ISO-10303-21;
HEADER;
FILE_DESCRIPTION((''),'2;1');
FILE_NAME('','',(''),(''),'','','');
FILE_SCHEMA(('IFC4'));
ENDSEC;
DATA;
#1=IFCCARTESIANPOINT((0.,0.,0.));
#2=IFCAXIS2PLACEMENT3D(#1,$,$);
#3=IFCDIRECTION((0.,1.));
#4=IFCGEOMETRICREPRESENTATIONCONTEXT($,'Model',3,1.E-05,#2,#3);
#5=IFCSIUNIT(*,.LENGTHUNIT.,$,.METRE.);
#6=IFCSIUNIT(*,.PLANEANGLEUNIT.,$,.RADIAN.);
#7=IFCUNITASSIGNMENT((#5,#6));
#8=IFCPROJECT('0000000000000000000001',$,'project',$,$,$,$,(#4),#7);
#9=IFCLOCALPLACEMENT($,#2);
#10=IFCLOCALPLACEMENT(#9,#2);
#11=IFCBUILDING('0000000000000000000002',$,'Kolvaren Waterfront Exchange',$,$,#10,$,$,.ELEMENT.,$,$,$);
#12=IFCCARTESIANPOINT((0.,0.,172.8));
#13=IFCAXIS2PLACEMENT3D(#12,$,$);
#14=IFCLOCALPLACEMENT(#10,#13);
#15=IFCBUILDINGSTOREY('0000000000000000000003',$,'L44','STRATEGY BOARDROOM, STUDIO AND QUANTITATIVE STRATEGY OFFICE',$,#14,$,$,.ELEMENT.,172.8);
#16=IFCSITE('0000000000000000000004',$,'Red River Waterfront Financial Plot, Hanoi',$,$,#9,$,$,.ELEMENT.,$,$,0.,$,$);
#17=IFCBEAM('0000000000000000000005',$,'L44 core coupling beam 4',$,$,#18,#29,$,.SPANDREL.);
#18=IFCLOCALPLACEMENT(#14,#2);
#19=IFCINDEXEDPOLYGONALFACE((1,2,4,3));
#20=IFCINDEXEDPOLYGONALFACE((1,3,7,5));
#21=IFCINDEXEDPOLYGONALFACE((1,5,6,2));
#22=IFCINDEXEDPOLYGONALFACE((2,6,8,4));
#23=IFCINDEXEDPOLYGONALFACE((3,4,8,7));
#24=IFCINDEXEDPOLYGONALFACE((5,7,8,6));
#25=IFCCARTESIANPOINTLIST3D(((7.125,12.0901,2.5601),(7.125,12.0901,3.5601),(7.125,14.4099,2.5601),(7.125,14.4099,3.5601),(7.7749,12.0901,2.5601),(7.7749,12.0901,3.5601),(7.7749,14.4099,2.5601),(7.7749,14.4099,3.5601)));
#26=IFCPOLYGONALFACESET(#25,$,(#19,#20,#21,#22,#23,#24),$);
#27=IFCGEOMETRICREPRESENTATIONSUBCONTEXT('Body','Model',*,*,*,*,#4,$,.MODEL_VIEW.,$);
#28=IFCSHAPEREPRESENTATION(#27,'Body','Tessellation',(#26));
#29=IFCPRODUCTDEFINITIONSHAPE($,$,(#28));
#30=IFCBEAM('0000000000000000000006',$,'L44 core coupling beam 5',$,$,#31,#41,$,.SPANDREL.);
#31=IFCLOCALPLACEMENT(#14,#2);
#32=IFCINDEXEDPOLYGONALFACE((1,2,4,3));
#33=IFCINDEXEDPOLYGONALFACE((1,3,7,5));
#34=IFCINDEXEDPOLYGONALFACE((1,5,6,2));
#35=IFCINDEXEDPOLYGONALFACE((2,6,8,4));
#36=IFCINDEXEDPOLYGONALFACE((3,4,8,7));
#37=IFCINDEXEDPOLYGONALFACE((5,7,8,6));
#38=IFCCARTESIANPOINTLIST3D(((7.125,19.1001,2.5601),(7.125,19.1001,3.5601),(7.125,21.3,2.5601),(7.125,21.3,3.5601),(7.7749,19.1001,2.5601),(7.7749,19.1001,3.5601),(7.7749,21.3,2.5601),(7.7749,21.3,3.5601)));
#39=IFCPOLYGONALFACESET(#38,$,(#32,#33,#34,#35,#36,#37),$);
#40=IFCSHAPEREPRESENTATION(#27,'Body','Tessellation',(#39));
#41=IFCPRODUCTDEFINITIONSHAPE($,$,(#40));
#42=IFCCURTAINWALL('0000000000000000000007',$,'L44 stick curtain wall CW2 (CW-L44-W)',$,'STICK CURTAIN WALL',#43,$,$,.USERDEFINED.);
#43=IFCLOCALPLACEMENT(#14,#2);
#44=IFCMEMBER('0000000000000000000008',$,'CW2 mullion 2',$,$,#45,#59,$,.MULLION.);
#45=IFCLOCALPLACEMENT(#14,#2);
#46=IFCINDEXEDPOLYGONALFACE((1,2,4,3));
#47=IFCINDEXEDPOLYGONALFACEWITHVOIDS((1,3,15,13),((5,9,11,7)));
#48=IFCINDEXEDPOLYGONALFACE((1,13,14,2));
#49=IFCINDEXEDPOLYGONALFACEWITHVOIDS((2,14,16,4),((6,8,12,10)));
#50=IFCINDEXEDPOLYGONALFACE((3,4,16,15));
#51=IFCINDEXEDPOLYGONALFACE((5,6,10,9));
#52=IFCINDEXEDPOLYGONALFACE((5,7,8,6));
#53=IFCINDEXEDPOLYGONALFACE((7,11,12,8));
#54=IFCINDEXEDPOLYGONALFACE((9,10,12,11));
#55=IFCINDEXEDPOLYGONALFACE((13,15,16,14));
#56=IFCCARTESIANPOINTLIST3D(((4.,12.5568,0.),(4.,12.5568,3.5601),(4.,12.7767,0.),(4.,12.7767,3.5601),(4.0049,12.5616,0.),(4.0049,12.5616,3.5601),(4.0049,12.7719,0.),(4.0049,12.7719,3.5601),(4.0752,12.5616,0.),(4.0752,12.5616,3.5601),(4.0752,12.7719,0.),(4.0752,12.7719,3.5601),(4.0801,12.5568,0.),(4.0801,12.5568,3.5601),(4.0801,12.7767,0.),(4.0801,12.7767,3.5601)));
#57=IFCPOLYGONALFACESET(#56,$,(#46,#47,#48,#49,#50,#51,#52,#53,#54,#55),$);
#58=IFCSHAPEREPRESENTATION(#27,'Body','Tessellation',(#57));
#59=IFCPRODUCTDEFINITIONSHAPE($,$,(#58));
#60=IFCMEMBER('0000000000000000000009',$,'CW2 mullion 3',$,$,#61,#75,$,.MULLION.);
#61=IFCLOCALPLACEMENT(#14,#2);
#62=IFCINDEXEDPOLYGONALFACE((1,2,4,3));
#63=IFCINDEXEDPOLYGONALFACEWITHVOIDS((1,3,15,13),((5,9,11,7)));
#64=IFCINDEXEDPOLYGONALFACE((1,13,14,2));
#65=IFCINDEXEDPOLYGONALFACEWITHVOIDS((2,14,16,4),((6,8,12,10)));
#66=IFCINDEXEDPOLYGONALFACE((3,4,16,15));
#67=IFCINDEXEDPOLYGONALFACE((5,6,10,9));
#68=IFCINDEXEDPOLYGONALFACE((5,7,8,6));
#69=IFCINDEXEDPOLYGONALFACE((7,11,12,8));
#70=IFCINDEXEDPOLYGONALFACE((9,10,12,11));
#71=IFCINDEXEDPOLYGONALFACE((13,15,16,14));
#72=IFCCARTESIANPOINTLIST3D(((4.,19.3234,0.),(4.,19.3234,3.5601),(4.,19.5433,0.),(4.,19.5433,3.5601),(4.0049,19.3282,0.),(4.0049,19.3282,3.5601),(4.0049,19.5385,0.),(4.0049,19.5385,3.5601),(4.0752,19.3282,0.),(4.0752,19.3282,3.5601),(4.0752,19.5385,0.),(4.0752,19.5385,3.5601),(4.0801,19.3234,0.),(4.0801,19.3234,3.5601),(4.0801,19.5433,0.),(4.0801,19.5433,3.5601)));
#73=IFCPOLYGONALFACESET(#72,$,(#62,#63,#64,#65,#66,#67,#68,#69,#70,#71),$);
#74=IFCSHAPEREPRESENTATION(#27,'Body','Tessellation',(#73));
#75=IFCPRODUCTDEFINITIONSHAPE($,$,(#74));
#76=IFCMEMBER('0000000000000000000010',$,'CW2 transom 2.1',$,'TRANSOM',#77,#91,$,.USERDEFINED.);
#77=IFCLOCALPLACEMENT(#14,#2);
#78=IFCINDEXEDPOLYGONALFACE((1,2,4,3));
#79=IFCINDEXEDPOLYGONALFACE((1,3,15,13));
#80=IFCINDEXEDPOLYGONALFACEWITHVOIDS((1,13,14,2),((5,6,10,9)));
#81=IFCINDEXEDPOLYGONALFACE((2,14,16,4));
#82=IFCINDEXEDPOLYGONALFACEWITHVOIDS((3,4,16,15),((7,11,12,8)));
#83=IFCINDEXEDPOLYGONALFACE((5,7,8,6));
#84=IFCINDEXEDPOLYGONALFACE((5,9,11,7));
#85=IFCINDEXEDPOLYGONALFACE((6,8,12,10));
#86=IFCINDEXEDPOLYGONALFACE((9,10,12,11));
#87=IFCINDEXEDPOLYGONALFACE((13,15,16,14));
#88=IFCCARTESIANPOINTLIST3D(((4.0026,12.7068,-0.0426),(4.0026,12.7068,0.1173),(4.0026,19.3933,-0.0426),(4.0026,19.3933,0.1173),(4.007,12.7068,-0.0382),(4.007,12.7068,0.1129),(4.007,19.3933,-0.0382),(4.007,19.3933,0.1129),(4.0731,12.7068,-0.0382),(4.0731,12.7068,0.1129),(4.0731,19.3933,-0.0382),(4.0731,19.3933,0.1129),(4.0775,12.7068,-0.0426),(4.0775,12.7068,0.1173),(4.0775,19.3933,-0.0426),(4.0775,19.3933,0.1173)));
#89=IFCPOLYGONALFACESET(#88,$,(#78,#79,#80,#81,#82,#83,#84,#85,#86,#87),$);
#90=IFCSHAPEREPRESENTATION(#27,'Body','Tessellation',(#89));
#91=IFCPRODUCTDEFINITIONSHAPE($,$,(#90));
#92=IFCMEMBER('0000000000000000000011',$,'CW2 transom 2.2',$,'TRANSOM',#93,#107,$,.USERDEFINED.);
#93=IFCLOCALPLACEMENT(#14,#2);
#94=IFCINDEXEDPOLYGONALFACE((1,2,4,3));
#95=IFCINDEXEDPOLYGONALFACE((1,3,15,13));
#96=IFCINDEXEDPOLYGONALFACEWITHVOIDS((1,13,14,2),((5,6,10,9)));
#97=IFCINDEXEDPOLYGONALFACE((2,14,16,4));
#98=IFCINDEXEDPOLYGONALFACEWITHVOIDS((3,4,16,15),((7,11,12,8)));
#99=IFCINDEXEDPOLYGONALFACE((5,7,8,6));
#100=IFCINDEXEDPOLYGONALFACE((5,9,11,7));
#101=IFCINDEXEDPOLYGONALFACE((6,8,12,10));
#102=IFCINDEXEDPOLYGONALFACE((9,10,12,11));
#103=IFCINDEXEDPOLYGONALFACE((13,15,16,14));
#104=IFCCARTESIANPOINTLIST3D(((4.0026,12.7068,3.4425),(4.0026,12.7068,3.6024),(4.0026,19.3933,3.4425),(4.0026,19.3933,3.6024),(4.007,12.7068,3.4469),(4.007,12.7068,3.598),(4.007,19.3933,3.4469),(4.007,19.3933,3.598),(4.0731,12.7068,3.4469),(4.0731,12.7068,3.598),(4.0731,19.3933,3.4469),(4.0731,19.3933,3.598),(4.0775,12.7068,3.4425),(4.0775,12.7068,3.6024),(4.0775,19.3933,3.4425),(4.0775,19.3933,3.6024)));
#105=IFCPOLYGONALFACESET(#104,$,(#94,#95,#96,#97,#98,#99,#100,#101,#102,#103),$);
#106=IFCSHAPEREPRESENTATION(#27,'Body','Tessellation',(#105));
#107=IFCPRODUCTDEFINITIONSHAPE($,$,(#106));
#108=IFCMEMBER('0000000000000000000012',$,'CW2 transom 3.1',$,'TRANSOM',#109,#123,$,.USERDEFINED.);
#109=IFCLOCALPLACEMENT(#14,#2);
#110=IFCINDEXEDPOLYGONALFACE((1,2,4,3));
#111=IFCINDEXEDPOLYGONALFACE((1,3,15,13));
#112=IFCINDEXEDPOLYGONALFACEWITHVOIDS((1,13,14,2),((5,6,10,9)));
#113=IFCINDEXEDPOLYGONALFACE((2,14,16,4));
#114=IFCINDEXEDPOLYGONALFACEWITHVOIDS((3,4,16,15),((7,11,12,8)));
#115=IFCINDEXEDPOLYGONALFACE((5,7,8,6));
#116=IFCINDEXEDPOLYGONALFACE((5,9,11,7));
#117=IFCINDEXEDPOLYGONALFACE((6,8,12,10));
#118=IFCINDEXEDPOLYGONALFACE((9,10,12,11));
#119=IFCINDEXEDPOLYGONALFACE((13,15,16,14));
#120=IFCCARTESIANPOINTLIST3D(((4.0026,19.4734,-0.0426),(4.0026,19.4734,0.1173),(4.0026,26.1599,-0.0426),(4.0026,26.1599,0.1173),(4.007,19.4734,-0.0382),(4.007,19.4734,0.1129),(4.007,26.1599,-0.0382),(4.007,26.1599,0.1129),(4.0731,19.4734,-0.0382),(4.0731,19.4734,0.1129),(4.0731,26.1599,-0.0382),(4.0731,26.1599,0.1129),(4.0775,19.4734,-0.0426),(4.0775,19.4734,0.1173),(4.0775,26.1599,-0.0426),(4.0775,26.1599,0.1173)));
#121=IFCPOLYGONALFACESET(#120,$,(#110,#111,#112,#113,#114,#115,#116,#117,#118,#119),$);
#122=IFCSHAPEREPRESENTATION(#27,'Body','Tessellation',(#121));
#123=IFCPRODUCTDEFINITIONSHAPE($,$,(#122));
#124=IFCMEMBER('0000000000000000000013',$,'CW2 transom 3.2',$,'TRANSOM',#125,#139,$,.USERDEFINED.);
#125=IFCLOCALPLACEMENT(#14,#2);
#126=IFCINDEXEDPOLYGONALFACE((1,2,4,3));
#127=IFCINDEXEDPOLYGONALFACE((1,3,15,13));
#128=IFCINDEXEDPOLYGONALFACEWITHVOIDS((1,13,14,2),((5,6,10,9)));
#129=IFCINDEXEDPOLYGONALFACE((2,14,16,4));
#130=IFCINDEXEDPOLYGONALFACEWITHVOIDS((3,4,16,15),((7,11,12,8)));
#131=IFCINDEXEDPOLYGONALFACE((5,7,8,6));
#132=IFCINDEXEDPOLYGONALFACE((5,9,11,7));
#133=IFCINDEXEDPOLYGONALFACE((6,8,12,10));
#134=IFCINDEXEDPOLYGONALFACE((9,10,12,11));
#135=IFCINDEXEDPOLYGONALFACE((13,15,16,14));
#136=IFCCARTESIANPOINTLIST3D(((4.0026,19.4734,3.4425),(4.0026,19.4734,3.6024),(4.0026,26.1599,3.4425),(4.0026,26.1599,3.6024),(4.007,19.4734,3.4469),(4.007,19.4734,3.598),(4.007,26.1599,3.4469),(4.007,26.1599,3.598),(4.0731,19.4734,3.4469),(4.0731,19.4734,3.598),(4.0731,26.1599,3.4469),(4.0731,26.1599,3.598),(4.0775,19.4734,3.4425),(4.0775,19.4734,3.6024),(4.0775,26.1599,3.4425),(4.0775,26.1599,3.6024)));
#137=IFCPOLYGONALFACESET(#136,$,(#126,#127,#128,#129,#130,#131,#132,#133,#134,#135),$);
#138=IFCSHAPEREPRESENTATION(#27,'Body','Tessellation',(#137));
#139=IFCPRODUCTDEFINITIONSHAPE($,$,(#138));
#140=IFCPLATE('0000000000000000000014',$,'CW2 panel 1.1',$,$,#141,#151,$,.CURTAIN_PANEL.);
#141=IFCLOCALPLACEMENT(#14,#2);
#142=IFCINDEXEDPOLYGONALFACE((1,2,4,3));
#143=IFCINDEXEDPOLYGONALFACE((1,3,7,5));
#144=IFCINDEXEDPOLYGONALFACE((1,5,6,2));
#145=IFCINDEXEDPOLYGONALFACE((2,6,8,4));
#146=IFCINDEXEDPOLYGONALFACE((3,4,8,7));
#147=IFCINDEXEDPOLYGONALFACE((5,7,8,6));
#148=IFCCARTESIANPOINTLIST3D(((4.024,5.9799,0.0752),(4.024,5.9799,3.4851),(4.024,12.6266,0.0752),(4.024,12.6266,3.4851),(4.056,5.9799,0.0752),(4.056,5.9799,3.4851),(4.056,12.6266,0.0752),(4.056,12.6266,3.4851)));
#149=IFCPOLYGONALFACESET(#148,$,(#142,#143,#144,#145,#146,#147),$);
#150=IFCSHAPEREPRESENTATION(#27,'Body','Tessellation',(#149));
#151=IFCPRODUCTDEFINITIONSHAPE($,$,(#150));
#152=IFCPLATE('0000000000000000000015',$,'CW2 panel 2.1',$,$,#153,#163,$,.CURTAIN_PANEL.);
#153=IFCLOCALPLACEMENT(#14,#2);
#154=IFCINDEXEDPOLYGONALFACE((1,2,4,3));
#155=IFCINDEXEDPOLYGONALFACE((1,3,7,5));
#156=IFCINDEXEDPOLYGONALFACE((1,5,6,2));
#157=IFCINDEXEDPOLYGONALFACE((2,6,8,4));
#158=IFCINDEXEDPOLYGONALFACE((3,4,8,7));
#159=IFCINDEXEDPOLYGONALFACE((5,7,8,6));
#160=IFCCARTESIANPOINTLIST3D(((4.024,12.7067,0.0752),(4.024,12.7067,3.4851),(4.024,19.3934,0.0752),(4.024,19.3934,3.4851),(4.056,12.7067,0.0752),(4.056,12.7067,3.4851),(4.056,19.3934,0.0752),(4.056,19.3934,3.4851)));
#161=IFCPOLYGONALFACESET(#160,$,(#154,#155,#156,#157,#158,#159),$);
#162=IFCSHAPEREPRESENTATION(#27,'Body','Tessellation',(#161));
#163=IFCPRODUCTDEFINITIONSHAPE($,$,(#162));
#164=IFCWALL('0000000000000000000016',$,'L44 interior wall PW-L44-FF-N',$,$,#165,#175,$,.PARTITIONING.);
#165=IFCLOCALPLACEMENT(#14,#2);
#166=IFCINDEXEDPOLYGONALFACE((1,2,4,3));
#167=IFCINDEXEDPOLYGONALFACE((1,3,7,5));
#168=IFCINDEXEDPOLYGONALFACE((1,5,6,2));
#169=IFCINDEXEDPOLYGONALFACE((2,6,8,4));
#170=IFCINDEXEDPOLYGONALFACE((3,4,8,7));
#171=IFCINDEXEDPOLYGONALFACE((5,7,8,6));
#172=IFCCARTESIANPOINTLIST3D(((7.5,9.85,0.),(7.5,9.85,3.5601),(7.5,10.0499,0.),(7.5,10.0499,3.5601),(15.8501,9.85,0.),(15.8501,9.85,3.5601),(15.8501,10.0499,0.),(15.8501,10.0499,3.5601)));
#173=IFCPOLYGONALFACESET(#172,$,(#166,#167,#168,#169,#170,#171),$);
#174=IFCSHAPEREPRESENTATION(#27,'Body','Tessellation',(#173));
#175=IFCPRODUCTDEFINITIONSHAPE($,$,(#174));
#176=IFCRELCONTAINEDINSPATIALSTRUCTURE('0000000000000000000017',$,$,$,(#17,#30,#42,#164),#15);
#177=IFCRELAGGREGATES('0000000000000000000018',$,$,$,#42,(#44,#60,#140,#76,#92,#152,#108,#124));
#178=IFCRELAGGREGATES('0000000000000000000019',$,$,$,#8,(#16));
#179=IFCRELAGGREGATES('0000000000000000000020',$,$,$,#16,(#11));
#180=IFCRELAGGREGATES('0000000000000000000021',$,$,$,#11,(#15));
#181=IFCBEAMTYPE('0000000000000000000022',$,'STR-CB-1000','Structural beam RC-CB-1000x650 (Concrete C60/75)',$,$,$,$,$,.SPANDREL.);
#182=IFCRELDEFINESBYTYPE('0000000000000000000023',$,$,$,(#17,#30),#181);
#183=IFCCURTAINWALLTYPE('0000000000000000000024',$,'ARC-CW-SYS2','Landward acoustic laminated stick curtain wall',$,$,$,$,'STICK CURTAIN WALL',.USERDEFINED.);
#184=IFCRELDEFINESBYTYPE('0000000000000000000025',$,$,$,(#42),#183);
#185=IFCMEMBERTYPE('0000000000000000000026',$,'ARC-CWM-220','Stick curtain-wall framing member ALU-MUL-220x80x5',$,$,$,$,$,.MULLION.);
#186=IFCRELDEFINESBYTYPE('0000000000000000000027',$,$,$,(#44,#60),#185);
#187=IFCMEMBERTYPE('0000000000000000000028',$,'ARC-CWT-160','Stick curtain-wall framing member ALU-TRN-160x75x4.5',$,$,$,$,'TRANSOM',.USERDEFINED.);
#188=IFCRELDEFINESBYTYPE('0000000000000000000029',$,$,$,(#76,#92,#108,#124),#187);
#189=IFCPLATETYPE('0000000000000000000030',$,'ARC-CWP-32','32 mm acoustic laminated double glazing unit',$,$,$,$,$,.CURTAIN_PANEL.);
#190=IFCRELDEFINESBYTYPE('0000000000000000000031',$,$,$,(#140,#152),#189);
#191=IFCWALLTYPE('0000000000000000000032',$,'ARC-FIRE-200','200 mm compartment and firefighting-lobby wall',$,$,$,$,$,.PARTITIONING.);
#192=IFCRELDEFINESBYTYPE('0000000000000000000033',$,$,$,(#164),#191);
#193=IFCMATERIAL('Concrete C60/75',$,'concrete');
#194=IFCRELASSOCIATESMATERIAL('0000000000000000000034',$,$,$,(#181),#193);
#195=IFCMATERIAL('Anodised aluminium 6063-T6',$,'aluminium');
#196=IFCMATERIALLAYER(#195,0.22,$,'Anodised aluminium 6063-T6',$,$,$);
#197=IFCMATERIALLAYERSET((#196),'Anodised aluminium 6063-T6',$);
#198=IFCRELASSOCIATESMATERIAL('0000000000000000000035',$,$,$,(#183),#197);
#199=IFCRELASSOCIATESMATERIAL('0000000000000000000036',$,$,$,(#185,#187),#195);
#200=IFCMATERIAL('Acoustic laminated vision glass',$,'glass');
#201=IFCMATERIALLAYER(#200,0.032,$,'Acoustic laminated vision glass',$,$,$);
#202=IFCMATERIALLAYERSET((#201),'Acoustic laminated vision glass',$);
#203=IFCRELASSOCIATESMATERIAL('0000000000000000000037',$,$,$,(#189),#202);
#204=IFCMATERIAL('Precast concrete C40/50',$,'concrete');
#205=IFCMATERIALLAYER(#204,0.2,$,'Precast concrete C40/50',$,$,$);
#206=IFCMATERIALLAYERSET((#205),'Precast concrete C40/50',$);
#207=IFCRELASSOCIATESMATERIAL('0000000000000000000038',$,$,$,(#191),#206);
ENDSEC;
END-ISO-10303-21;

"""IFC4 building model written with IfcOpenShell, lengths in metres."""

from ifc_helpers import new_model, si_unit, direction, frame, frame_2d, origin, origin_with_axes, origin_2d, place, context, subcontext, project, spatial, rectangle, hollow_rectangle, extrude, source, transform, mapped, material, layer, layer_set, material_profile, profile_set, type_object, element, aggregate, save


model = new_model("IFC4")

# Units and contexts
model_context = context("Model", 3, precision=1e-05, world=origin(), true_north=direction((0.0, 1.0)))
body_context = subcontext(model_context, "Body", "Model", "MODEL_VIEW")
ifc_project = project(units=[si_unit("LENGTHUNIT", "METRE"), si_unit("PLANEANGLEUNIT", "RADIAN")], contexts=[model_context])

# Site, building, storey
site_placement = place(None, origin())
site = spatial("IfcSite", under=ifc_project, at=site_placement, Name="Red River Waterfront Financial Plot, Hanoi", CompositionType="ELEMENT", RefElevation=0.0)
building_placement = place(site_placement, origin())
building = spatial("IfcBuilding", under=site, at=building_placement, Name="Kolvaren Waterfront Exchange", CompositionType="ELEMENT")
storey_placement = place(building_placement, frame((0.0, 0.0, 172.8)))
storey = spatial("IfcBuildingStorey", under=building, at=storey_placement, Name="L44", Description="STRATEGY BOARDROOM, STUDIO AND QUANTITATIVE STRATEGY OFFICE", CompositionType="ELEMENT", Elevation=172.8)

# Beams
ifc_material_1 = material(Name="Concrete C60/75", Category="concrete")
ifc_material_profile_1 = material_profile(ifc_material_1, rectangle(XDim=0.6499, YDim=1.0, at=origin_2d()), Name="RC-CB-1000x650")
ifc_profile_set_1 = profile_set([ifc_material_profile_1], Name="Concrete C60/75")
beam_type = type_object("IfcBeamType", Name="STR-CB-1000", Description="Structural beam RC-CB-1000x650 (Concrete C60/75)", PredefinedType="SPANDREL", material=ifc_profile_set_1)
beam_1_placement = place(storey_placement, frame((7.45, 12.0901, 3.0601), z_axis=(0.0, 1.0, 0.0), x_axis=(-1.0, 0.0, 0.0)))
element("IfcBeam", 1, at=beam_1_placement, inside=storey, type_object=beam_type, Name="L44 core coupling beam 4", PredefinedType="SPANDREL", context=body_context, shape_type="SweptSolid", body=[
    extrude(rectangle(XDim=0.6499, YDim=1.0, at=origin_2d()), origin(), (0.0, 0.0, 1.0), 2.3198),
])
beam_2_placement = place(storey_placement, frame((7.45, 19.1001, 3.0601), z_axis=(0.0, 1.0, 0.0), x_axis=(-1.0, 0.0, 0.0)))
element("IfcBeam", 2, at=beam_2_placement, inside=storey, type_object=beam_type, Name="L44 core coupling beam 5", PredefinedType="SPANDREL", context=body_context, shape_type="SweptSolid", body=[
    extrude(rectangle(XDim=0.6499, YDim=1.0, at=origin_2d()), origin(), (0.0, 0.0, 1.0), 2.2),
])

# Curtain wall, members, plates
ifc_material_2 = material(Name="Anodised aluminium 6063-T6", Category="aluminium")
ifc_layer_1 = layer(ifc_material_2, 0.22, Name="Anodised aluminium 6063-T6")
ifc_layer_set_1 = layer_set([ifc_layer_1], Name="Anodised aluminium 6063-T6")
curtain_wall_type = type_object("IfcCurtainWallType", Name="ARC-CW-SYS2", Description="Landward acoustic laminated stick curtain wall", ElementType="STICK CURTAIN WALL", PredefinedType="USERDEFINED", material=ifc_layer_set_1)
curtain_wall_placement = place(storey_placement, origin())
curtain_wall = element("IfcCurtainWall", 3, at=curtain_wall_placement, inside=storey, type_object=curtain_wall_type, Name="L44 stick curtain wall CW2 (CW-L44-W)", ObjectType="STICK CURTAIN WALL", PredefinedType="USERDEFINED")
ifc_material_profile_2 = material_profile(ifc_material_2, hollow_rectangle(XDim=0.0801, YDim=0.22, WallThickness=0.0049, at=origin_2d()), Name="ALU-MUL-220x80x5")
ifc_profile_set_2 = profile_set([ifc_material_profile_2], Name="Anodised aluminium 6063-T6")
member_type_1 = type_object("IfcMemberType", Name="ARC-CWM-220", Description="Stick curtain-wall framing member ALU-MUL-220x80x5", PredefinedType="MULLION", material=ifc_profile_set_2)
shared_shape_1 = source(origin_with_axes(), body_context, "Body", "SweptSolid", [
    extrude(hollow_rectangle(XDim=0.0801, YDim=0.22, WallThickness=0.0049, at=origin_2d()), origin(), (0.0, 0.0, 1.0), 3.5601),
])
member_1_placement = place(storey_placement, frame((4.04, 12.6667, 0.0), z_axis=(0.0, 0.0, 1.0), x_axis=(-1.0, 0.0, 0.0)))
member_1 = element("IfcMember", 4, at=member_1_placement, type_object=member_type_1, Name="CW2 mullion 2", PredefinedType="MULLION", context=body_context, shape_type="MappedRepresentation", body=[
    mapped(shared_shape_1, transform((0.0, 0.0, 0.0), x_axis=(1.0, 0.0, 0.0), y_axis=(0.0, 1.0, 0.0), z_axis=(0.0, 0.0, 1.0), scale=1.0)),
])
member_2_placement = place(storey_placement, frame((4.04, 19.4333, 0.0), z_axis=(0.0, 0.0, 1.0), x_axis=(-1.0, 0.0, 0.0)))
member_2 = element("IfcMember", 5, at=member_2_placement, type_object=member_type_1, Name="CW2 mullion 3", PredefinedType="MULLION", context=body_context, shape_type="MappedRepresentation", body=[
    mapped(shared_shape_1, transform((0.0, 0.0, 0.0), x_axis=(1.0, 0.0, 0.0), y_axis=(0.0, 1.0, 0.0), z_axis=(0.0, 0.0, 1.0), scale=1.0)),
])
ifc_material_profile_3 = material_profile(ifc_material_2, hollow_rectangle(XDim=0.075, YDim=0.1599, WallThickness=0.0044, at=origin_2d()), Name="ALU-TRN-160x75x4.5")
ifc_profile_set_3 = profile_set([ifc_material_profile_3], Name="Anodised aluminium 6063-T6")
member_type_2 = type_object("IfcMemberType", Name="ARC-CWT-160", Description="Stick curtain-wall framing member ALU-TRN-160x75x4.5", ElementType="TRANSOM", PredefinedType="USERDEFINED", material=ifc_profile_set_3)
shared_shape_2 = source(origin_with_axes(), body_context, "Body", "SweptSolid", [
    extrude(hollow_rectangle(XDim=0.075, YDim=0.1599, WallThickness=0.0044, at=origin_2d()), origin(), (0.0, 0.0, 1.0), 6.6865),
])
member_3_placement = place(storey_placement, frame((4.04, 12.7068, 0.0374), z_axis=(0.0, 1.0, 0.0), x_axis=(-1.0, 0.0, 0.0)))
member_3 = element("IfcMember", 6, at=member_3_placement, type_object=member_type_2, Name="CW2 transom 2.1", ObjectType="TRANSOM", PredefinedType="USERDEFINED", context=body_context, shape_type="MappedRepresentation", body=[
    mapped(shared_shape_2, transform((0.0, 0.0, 0.0), x_axis=(1.0, 0.0, 0.0), y_axis=(0.0, 1.0, 0.0), z_axis=(0.0, 0.0, 1.0), scale=1.0)),
])
member_4_placement = place(storey_placement, frame((4.04, 12.7068, 3.5225), z_axis=(0.0, 1.0, 0.0), x_axis=(-1.0, 0.0, 0.0)))
member_4 = element("IfcMember", 7, at=member_4_placement, type_object=member_type_2, Name="CW2 transom 2.2", ObjectType="TRANSOM", PredefinedType="USERDEFINED", context=body_context, shape_type="MappedRepresentation", body=[
    mapped(shared_shape_2, transform((0.0, 0.0, 0.0), x_axis=(1.0, 0.0, 0.0), y_axis=(0.0, 1.0, 0.0), z_axis=(0.0, 0.0, 1.0), scale=1.0)),
])
member_5_placement = place(storey_placement, frame((4.04, 19.4734, 0.0374), z_axis=(0.0, 1.0, 0.0), x_axis=(-1.0, 0.0, 0.0)))
member_5 = element("IfcMember", 8, at=member_5_placement, type_object=member_type_2, Name="CW2 transom 3.1", ObjectType="TRANSOM", PredefinedType="USERDEFINED", context=body_context, shape_type="MappedRepresentation", body=[
    mapped(shared_shape_2, transform((0.0, 0.0, 0.0), x_axis=(1.0, 0.0, 0.0), y_axis=(0.0, 1.0, 0.0), z_axis=(0.0, 0.0, 1.0), scale=1.0)),
])
member_6_placement = place(storey_placement, frame((4.04, 19.4734, 3.5225), z_axis=(0.0, 1.0, 0.0), x_axis=(-1.0, 0.0, 0.0)))
member_6 = element("IfcMember", 9, at=member_6_placement, type_object=member_type_2, Name="CW2 transom 3.2", ObjectType="TRANSOM", PredefinedType="USERDEFINED", context=body_context, shape_type="MappedRepresentation", body=[
    mapped(shared_shape_2, transform((0.0, 0.0, 0.0), x_axis=(1.0, 0.0, 0.0), y_axis=(0.0, 1.0, 0.0), z_axis=(0.0, 0.0, 1.0), scale=1.0)),
])
ifc_material_3 = material(Name="Acoustic laminated vision glass", Category="glass")
ifc_layer_2 = layer(ifc_material_3, 0.032, Name="Acoustic laminated vision glass")
ifc_layer_set_2 = layer_set([ifc_layer_2], Name="Acoustic laminated vision glass")
plate_type = type_object("IfcPlateType", Name="ARC-CWP-32", Description="32 mm acoustic laminated double glazing unit", PredefinedType="CURTAIN_PANEL", material=ifc_layer_set_2)
shared_shape_3 = source(origin_with_axes(), body_context, "Body", "SweptSolid", [
    extrude(rectangle(XDim=6.6467, YDim=0.032, at=origin_2d()), origin(), (0.0, 0.0, 1.0), 3.4099),
])
plate_1_placement = place(storey_placement, frame((4.04, 9.3032, 0.0752), z_axis=(0.0, 0.0, 1.0), x_axis=(0.0, 1.0, 0.0)))
plate_1 = element("IfcPlate", 10, at=plate_1_placement, type_object=plate_type, Name="CW2 panel 1.1", PredefinedType="CURTAIN_PANEL", context=body_context, shape_type="MappedRepresentation", body=[
    mapped(shared_shape_3, transform((0.0, 0.0, 0.0), x_axis=(1.0, 0.0, 0.0), y_axis=(0.0, 1.0, 0.0), z_axis=(0.0, 0.0, 1.0), scale=1.0)),
])
shared_shape_4 = source(origin_with_axes(), body_context, "Body", "SweptSolid", [
    extrude(rectangle(XDim=6.6868, YDim=0.032, at=origin_2d()), origin(), (0.0, 0.0, 1.0), 3.4099),
])
plate_2_placement = place(storey_placement, frame((4.04, 16.05, 0.0752), z_axis=(0.0, 0.0, 1.0), x_axis=(0.0, 1.0, 0.0)))
plate_2 = element("IfcPlate", 11, at=plate_2_placement, type_object=plate_type, Name="CW2 panel 2.1", PredefinedType="CURTAIN_PANEL", context=body_context, shape_type="MappedRepresentation", body=[
    mapped(shared_shape_4, transform((0.0, 0.0, 0.0), x_axis=(1.0, 0.0, 0.0), y_axis=(0.0, 1.0, 0.0), z_axis=(0.0, 0.0, 1.0), scale=1.0)),
])
aggregate(curtain_wall, [member_1, member_2, plate_1, member_3, member_4, plate_2, member_5, member_6])

# Wall
ifc_material_4 = material(Name="Precast concrete C40/50", Category="concrete")
ifc_layer_3 = layer(ifc_material_4, 0.2, Name="Precast concrete C40/50")
ifc_layer_set_3 = layer_set([ifc_layer_3], Name="Precast concrete C40/50")
wall_type_1 = type_object("IfcWallType", Name="ARC-FIRE-200", Description="200 mm compartment and firefighting-lobby wall", PredefinedType="PARTITIONING", material=ifc_layer_set_3)
wall_1_placement = place(storey_placement, frame((7.5, 9.95, 0.0), z_axis=(0.0, 0.0, 1.0), x_axis=(1.0, 0.0, 0.0)))
element("IfcWall", 12, at=wall_1_placement, inside=storey, type_object=wall_type_1, Name="L44 interior wall PW-L44-FF-N", PredefinedType="PARTITIONING", context=body_context, shape_type="SweptSolid", body=[
    extrude(rectangle(XDim=8.3501, YDim=0.2, at=frame_2d((4.175, 0.0))), origin(), (0.0, 0.0, 1.0), 3.5601),
])

save(model, "model.ifc")
